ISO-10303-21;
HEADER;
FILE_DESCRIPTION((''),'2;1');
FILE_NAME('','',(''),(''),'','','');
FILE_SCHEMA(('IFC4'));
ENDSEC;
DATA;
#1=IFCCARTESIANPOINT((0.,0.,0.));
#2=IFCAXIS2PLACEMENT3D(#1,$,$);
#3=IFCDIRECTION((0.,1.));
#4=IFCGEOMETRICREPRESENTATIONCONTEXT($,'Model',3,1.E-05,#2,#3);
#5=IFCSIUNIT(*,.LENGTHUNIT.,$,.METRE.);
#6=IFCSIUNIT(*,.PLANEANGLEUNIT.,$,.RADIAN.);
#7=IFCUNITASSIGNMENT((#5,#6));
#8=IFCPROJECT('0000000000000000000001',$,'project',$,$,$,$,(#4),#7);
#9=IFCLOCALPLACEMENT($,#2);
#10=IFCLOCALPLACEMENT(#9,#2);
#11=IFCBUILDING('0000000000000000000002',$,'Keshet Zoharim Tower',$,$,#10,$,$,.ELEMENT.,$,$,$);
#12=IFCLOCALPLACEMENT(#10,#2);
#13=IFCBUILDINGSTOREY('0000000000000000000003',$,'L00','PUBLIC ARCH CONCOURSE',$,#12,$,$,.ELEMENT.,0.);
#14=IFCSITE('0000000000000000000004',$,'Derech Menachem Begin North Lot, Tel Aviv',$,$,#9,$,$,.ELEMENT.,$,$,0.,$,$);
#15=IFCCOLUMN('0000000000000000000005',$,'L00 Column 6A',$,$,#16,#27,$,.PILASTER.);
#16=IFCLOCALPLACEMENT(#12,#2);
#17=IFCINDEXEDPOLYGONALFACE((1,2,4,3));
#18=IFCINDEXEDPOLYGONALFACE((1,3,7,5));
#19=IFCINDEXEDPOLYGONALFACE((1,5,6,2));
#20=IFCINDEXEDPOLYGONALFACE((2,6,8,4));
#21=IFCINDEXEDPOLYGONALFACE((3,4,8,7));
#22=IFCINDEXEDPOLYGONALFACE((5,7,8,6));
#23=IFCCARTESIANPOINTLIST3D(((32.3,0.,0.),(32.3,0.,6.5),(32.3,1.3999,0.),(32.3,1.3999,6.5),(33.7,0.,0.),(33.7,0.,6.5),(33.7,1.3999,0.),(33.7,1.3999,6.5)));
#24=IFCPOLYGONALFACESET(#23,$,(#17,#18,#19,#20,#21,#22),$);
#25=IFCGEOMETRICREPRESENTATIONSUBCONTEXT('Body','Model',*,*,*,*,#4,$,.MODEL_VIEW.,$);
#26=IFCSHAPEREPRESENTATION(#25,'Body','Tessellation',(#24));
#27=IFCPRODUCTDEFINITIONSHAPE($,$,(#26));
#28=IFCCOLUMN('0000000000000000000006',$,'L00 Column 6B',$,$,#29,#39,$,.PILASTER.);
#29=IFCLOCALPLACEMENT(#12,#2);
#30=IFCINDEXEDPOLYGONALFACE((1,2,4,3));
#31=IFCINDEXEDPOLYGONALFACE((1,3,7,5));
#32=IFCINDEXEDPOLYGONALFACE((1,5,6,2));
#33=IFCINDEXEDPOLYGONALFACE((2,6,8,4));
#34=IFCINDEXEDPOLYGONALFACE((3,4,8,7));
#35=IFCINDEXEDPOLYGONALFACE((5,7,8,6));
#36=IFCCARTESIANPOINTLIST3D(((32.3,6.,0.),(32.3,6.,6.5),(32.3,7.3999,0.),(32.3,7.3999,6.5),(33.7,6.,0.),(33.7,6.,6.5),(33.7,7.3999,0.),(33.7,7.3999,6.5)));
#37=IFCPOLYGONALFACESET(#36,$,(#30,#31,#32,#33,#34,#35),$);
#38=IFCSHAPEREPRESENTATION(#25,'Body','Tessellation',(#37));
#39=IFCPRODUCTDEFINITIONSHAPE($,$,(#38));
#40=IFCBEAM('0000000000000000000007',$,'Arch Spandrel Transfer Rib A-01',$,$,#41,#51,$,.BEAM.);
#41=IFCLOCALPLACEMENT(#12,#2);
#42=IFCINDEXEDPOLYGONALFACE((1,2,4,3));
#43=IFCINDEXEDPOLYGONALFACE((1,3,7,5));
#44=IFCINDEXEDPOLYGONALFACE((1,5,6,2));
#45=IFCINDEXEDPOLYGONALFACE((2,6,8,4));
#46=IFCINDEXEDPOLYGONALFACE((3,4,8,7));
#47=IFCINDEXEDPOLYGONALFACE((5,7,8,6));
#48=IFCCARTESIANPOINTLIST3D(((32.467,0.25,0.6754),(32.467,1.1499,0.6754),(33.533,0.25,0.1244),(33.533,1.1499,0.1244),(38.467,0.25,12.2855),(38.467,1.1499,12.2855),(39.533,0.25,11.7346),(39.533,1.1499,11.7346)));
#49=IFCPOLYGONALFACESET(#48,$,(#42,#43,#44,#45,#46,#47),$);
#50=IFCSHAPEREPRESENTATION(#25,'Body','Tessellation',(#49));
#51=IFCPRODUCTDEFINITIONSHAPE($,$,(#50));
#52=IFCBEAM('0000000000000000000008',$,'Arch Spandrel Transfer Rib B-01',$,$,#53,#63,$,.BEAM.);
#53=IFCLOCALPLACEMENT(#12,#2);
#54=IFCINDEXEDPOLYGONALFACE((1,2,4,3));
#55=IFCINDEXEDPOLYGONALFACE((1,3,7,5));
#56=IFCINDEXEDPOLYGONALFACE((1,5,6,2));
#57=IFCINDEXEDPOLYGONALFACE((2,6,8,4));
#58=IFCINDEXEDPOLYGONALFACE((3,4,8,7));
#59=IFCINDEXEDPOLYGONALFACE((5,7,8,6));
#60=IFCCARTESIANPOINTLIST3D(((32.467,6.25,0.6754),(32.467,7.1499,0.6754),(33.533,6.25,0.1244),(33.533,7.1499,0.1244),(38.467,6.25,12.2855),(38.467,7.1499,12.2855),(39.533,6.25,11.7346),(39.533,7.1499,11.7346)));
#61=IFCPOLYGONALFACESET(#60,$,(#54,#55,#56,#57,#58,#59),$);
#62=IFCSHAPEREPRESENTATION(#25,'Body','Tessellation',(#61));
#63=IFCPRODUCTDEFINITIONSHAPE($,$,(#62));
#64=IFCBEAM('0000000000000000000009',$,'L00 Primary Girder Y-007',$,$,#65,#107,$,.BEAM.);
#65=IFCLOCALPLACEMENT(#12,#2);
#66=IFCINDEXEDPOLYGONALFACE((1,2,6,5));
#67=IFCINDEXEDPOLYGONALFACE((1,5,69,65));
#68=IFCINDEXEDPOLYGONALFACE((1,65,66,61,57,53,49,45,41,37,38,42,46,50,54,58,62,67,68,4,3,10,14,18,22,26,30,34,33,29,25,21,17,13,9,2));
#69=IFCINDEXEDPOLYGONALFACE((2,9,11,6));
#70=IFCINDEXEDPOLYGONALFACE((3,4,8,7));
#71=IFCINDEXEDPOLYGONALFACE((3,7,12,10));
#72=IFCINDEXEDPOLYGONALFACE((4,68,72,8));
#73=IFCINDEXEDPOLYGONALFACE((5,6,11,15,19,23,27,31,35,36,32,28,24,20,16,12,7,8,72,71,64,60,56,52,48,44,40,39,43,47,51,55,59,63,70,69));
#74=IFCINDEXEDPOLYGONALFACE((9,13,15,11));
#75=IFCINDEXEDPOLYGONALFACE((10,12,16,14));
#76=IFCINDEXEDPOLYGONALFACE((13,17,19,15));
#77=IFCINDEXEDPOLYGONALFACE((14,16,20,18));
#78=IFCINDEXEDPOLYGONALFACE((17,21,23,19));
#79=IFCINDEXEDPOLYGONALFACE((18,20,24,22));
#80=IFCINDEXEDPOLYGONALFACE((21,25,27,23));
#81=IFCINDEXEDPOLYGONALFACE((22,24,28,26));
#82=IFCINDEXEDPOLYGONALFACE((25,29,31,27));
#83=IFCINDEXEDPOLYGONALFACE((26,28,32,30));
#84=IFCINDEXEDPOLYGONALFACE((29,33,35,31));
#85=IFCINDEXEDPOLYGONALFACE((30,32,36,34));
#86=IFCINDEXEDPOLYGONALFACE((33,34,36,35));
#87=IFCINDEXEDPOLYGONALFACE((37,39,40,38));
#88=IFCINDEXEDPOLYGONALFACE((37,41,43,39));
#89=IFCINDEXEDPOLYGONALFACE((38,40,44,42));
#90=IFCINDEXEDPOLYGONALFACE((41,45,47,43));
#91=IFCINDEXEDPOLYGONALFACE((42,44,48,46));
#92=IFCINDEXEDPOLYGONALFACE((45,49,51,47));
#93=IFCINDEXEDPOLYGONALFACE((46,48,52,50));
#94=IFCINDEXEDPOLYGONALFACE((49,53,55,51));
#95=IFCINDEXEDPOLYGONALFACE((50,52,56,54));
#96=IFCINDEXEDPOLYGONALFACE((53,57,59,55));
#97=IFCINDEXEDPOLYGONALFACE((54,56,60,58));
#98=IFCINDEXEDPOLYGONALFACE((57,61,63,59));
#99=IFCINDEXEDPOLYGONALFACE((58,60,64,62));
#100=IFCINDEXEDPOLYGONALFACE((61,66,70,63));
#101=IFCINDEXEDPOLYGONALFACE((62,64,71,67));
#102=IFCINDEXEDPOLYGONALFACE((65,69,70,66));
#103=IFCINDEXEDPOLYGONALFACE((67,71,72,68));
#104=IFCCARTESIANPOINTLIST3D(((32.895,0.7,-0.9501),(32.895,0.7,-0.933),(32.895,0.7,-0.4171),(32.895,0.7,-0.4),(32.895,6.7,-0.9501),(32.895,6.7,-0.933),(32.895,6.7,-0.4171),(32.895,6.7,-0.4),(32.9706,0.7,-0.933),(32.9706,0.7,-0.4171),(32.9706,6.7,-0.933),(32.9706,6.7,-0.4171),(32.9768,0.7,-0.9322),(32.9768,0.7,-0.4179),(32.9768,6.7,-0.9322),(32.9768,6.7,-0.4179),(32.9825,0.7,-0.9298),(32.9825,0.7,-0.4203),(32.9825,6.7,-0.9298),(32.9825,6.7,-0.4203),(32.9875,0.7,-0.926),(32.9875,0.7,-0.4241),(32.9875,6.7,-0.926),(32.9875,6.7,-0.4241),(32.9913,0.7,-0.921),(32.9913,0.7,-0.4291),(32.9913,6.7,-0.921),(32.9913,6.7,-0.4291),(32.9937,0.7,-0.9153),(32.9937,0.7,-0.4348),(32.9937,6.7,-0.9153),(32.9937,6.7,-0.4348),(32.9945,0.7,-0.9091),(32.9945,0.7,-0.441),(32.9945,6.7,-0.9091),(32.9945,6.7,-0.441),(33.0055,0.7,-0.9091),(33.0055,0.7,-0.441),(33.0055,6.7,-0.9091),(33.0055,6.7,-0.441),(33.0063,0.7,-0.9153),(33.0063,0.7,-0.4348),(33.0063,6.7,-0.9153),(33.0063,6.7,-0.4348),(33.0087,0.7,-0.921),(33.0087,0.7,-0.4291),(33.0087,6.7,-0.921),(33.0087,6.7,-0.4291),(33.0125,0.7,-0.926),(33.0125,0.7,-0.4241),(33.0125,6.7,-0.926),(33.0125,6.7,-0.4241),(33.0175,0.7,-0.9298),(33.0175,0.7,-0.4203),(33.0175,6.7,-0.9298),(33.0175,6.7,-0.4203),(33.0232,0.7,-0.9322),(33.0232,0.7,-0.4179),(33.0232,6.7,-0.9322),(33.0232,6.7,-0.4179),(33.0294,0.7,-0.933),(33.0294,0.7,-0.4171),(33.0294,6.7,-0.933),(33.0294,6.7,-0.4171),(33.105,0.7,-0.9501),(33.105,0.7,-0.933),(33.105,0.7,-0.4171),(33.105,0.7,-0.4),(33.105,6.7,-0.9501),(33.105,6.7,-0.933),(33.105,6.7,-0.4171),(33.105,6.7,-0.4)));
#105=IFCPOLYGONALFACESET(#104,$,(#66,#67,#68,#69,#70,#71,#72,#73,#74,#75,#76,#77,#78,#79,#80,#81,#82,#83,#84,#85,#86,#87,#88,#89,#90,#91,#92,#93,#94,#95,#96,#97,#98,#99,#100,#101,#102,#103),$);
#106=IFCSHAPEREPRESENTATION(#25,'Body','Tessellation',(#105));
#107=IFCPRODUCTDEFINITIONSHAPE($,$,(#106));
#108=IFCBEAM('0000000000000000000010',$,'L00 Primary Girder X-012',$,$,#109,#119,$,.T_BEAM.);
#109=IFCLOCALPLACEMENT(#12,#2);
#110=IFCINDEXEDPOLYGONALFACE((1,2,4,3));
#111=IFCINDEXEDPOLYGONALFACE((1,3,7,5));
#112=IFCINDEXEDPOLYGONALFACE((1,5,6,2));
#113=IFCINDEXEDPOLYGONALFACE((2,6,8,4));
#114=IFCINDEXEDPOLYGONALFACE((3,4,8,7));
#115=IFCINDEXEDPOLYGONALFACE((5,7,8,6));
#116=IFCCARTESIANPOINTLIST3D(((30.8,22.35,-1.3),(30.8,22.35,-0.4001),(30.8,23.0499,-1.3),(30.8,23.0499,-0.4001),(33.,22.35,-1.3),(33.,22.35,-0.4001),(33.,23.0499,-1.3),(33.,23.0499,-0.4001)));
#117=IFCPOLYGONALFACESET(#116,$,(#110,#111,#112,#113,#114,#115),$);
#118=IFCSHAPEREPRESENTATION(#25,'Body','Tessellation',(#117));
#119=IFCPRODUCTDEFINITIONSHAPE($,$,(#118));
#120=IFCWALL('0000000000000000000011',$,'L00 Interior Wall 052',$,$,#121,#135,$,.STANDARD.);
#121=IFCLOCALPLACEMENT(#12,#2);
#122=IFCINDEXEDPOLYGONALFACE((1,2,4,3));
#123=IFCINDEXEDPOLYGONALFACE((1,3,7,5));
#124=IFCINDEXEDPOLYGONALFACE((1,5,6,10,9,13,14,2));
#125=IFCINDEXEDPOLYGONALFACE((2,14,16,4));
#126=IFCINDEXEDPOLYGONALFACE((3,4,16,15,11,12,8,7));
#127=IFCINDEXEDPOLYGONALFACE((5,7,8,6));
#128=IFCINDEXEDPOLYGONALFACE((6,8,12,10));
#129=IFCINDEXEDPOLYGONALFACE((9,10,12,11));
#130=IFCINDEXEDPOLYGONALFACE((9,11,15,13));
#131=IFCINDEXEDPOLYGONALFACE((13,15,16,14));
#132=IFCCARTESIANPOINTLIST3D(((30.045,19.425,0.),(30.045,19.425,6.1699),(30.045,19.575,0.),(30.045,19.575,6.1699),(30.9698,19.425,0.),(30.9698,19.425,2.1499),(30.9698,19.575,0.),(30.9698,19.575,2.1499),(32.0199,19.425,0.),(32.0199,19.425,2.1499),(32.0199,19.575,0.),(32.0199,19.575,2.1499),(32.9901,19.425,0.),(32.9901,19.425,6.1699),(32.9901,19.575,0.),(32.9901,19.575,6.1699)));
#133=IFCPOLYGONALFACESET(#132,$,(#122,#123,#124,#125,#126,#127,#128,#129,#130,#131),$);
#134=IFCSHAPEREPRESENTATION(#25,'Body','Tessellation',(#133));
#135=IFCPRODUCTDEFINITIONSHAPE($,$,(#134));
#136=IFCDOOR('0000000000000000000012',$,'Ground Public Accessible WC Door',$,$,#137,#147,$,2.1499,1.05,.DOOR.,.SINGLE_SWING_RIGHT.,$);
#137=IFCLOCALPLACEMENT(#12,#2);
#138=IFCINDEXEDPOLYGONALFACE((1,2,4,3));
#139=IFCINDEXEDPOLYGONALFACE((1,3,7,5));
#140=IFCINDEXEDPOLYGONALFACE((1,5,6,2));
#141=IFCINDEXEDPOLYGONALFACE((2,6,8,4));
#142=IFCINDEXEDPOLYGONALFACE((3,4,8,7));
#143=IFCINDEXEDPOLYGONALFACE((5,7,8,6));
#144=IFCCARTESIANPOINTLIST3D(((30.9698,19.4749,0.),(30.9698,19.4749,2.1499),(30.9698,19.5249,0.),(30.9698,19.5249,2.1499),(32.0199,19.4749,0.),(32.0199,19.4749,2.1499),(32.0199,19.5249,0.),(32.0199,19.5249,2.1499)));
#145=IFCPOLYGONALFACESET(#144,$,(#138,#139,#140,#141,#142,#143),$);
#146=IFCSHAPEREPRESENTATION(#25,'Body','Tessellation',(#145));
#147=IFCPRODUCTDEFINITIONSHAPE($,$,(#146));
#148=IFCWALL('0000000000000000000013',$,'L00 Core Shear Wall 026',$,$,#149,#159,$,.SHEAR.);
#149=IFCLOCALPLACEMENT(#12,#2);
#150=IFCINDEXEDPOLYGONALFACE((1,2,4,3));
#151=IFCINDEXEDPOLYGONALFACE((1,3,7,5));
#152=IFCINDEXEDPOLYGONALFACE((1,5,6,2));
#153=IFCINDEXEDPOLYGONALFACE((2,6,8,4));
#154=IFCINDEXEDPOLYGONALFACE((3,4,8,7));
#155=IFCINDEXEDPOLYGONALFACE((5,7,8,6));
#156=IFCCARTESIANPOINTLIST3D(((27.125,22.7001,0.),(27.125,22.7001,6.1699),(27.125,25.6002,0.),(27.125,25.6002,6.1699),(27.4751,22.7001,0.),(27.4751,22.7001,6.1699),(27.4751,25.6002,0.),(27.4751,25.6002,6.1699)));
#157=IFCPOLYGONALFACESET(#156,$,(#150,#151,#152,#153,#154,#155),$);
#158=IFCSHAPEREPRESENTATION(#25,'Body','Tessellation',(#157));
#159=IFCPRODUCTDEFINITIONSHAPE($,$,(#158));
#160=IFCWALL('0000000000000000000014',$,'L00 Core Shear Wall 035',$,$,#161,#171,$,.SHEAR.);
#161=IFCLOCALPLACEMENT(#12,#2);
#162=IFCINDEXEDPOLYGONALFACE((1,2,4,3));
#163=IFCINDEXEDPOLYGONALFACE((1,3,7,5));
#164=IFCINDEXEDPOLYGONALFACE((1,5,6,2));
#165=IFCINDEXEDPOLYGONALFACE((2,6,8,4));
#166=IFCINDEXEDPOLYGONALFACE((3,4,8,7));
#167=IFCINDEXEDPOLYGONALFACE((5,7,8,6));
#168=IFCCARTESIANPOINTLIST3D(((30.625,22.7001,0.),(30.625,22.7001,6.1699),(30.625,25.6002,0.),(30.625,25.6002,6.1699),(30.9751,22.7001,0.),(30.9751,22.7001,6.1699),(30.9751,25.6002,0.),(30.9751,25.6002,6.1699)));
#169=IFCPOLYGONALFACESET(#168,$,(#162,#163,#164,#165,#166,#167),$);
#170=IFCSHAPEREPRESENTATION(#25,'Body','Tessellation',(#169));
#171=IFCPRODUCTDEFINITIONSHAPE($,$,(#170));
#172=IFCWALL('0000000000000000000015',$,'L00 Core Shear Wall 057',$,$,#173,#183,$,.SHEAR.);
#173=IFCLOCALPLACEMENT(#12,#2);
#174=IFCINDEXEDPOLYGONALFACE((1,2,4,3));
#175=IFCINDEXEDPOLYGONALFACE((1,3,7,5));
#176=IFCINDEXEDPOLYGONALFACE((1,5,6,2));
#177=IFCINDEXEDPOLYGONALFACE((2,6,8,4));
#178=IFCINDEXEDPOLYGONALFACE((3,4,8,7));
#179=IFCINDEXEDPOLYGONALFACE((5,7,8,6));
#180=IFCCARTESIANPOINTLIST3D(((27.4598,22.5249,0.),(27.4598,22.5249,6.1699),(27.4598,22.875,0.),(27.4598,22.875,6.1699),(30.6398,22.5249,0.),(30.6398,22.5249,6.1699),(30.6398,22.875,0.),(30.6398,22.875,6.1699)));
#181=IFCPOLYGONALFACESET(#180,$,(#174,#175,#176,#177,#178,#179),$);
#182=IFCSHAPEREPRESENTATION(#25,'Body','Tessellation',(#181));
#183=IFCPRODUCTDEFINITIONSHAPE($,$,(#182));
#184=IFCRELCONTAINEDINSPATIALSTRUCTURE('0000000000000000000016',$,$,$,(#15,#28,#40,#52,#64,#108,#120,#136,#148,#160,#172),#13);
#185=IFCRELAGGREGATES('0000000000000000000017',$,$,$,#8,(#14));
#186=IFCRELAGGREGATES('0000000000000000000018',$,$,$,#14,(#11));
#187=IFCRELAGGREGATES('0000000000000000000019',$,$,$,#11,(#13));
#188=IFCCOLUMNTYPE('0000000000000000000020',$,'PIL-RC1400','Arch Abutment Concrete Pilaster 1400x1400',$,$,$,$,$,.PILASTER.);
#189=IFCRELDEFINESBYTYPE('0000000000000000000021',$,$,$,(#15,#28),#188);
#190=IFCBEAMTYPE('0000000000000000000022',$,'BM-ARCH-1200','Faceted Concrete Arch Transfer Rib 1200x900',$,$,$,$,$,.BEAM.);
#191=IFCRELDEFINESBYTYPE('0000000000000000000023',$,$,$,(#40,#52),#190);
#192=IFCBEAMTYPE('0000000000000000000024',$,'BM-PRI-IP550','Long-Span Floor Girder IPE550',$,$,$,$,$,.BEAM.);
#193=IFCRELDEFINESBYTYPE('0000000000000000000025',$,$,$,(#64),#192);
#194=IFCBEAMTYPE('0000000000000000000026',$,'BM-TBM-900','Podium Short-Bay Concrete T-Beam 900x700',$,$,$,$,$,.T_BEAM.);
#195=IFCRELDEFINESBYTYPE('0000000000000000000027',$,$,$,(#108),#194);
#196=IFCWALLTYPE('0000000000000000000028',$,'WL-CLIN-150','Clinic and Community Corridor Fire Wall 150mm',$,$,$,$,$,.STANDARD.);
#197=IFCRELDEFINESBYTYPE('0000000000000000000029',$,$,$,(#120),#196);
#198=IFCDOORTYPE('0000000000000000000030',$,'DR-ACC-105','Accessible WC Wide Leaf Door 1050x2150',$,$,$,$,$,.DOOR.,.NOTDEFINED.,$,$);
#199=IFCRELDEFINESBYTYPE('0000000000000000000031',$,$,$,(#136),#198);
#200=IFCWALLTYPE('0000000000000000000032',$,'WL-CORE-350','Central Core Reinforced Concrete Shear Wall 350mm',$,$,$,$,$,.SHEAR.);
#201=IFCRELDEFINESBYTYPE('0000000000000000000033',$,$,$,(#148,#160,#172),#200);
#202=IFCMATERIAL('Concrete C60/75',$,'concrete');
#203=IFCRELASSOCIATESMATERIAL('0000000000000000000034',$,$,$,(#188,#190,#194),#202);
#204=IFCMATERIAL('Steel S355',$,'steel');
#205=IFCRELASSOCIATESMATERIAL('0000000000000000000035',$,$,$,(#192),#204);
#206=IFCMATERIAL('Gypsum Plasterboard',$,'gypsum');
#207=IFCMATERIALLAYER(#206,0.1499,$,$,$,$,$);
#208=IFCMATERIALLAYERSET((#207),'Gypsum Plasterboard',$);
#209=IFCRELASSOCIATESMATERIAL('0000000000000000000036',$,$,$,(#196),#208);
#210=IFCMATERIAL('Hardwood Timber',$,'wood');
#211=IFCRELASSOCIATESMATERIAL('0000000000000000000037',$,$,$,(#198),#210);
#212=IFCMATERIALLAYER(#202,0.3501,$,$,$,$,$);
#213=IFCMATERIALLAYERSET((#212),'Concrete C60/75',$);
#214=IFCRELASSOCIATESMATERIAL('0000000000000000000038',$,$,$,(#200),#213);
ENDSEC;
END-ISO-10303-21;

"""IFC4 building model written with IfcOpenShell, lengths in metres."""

from ifc_helpers import new_model, si_unit, direction, frame, frame_2d, origin, origin_2d, place, context, subcontext, project, spatial, rectangle, i_section, extrude, material, layer, layer_set, material_profile, profile_set, type_object, element, fill, save


model = new_model("IFC4")

# Units and contexts
model_context = context("Model", 3, precision=1e-05, world=origin(), true_north=direction((0.0, 1.0)))
body_context = subcontext(model_context, "Body", "Model", "MODEL_VIEW")
ifc_project = project(units=[si_unit("LENGTHUNIT", "METRE"), si_unit("PLANEANGLEUNIT", "RADIAN")], contexts=[model_context])

# Site, building, storey
site_placement = place(None, origin())
site = spatial("IfcSite", under=ifc_project, at=site_placement, Name="Derech Menachem Begin North Lot, Tel Aviv", CompositionType="ELEMENT", RefElevation=0.0)
building_placement = place(site_placement, origin())
building = spatial("IfcBuilding", under=site, at=building_placement, Name="Keshet Zoharim Tower", CompositionType="ELEMENT")
storey_placement = place(building_placement, origin())
storey = spatial("IfcBuildingStorey", under=building, at=storey_placement, Name="L00", Description="PUBLIC ARCH CONCOURSE", CompositionType="ELEMENT", Elevation=0.0)

# Columns
ifc_material_1 = material(Name="Concrete C60/75", Category="concrete")
ifc_material_profile_1 = material_profile(ifc_material_1, rectangle(XDim=1.3999, YDim=1.3999, at=origin_2d()), Name="RC1400x1400")
ifc_profile_set_1 = profile_set([ifc_material_profile_1], Name="Concrete C60/75")
column_type = type_object("IfcColumnType", Name="PIL-RC1400", Description="Arch Abutment Concrete Pilaster 1400x1400", PredefinedType="PILASTER", material=ifc_profile_set_1)
for number, where, z_axis, x_axis, name in (
    (1, (33.0, 0.7, 0.0), (0.0, 0.0, 1.0), (1.0, 0.0, 0.0), "L00 Column 6A"),
    (2, (33.0, 6.7, 0.0), (0.0, 0.0, 1.0), (1.0, 0.0, 0.0), "L00 Column 6B"),
):
    element("IfcColumn", number, at=place(storey_placement, frame(where, z_axis=z_axis, x_axis=x_axis)), inside=storey, type_object=column_type, Name=name, PredefinedType="PILASTER", context=body_context, shape_type="SweptSolid", body=[
        extrude(rectangle(XDim=1.3999, YDim=1.3999, at=origin_2d()), origin(), (0.0, 0.0, 1.0), 6.5),
    ])

# Beams
ifc_material_profile_2 = material_profile(ifc_material_1, rectangle(XDim=0.8999, YDim=1.2, at=origin_2d()), Name="RC1200x900")
ifc_profile_set_2 = profile_set([ifc_material_profile_2], Name="Concrete C60/75")
beam_type_1 = type_object("IfcBeamType", Name="BM-ARCH-1200", Description="Faceted Concrete Arch Transfer Rib 1200x900", PredefinedType="BEAM", material=ifc_profile_set_2)
for number, where, z_axis, x_axis, name in (
    (3, (33.0, 0.7, 0.3999), (0.459107, 0.0, 0.888381), (0.0, 1.0, 0.0), "Arch Spandrel Transfer Rib A-01"),
    (4, (33.0, 6.7, 0.3999), (0.459107, 0.0, 0.888381), (0.0, 1.0, 0.0), "Arch Spandrel Transfer Rib B-01"),
):
    element("IfcBeam", number, at=place(storey_placement, frame(where, z_axis=z_axis, x_axis=x_axis)), inside=storey, type_object=beam_type_1, Name=name, PredefinedType="BEAM", context=body_context, shape_type="SweptSolid", body=[
        extrude(rectangle(XDim=0.8999, YDim=1.2, at=origin_2d()), origin(), (0.0, 0.0, 1.0), 13.0688),
    ])
ifc_material_2 = material(Name="Steel S355", Category="steel")
ifc_material_profile_3 = material_profile(ifc_material_2, i_section(OverallWidth=0.21, OverallDepth=0.55, WebThickness=0.011, FlangeThickness=0.0171, FilletRadius=0.0239, at=origin_2d()), Name="IPE550")
ifc_profile_set_3 = profile_set([ifc_material_profile_3], Name="Steel S355")
beam_type_2 = type_object("IfcBeamType", Name="BM-PRI-IP550", Description="Long-Span Floor Girder IPE550", PredefinedType="BEAM", material=ifc_profile_set_3)
beam_1_placement = place(storey_placement, frame((33.0, 0.7, -0.675), z_axis=(0.0, 1.0, 0.0), x_axis=(-1.0, 0.0, 0.0)))
element("IfcBeam", 5, at=beam_1_placement, inside=storey, type_object=beam_type_2, Name="L00 Primary Girder Y-007", PredefinedType="BEAM", context=body_context, shape_type="SweptSolid", body=[
    extrude(i_section(OverallWidth=0.21, OverallDepth=0.55, WebThickness=0.011, FlangeThickness=0.0171, FilletRadius=0.0239, at=origin_2d()), origin(), (0.0, 0.0, 1.0), 6.0),
])
ifc_material_profile_4 = material_profile(ifc_material_1, rectangle(XDim=0.7, YDim=0.8999, at=origin_2d()), Name="RC900x700")
ifc_profile_set_4 = profile_set([ifc_material_profile_4], Name="Concrete C60/75")
beam_type_3 = type_object("IfcBeamType", Name="BM-TBM-900", Description="Podium Short-Bay Concrete T-Beam 900x700", PredefinedType="T_BEAM", material=ifc_profile_set_4)
beam_2_placement = place(storey_placement, frame((30.8, 22.7, -0.8501), z_axis=(1.0, 0.0, 0.0), x_axis=(0.0, 1.0, 0.0)))
element("IfcBeam", 6, at=beam_2_placement, inside=storey, type_object=beam_type_3, Name="L00 Primary Girder X-012", PredefinedType="T_BEAM", context=body_context, shape_type="SweptSolid", body=[
    extrude(rectangle(XDim=0.7, YDim=0.8999, at=origin_2d()), origin(), (0.0, 0.0, 1.0), 2.2),
])

# Wall, opening, door
ifc_material_3 = material(Name="Gypsum Plasterboard", Category="gypsum")
ifc_layer_1 = layer(ifc_material_3, 0.1499)
ifc_layer_set_1 = layer_set([ifc_layer_1], Name="Gypsum Plasterboard")
wall_type_1 = type_object("IfcWallType", Name="WL-CLIN-150", Description="Clinic and Community Corridor Fire Wall 150mm", PredefinedType="STANDARD", material=ifc_layer_set_1)
wall_1_placement = place(storey_placement, frame((30.0449, 19.5, 0.0), z_axis=(0.0, 0.0, 1.0), x_axis=(1.0, 0.0, 0.0)))
wall_1 = element("IfcWall", 7, at=wall_1_placement, inside=storey, type_object=wall_type_1, Name="L00 Interior Wall 052", PredefinedType="STANDARD", context=body_context, shape_type="SweptSolid", body=[
    extrude(rectangle(XDim=2.9451, YDim=0.1499, at=frame_2d((1.4727, 0.0))), origin(), (0.0, 0.0, 1.0), 6.1699),
])
opening_1_placement = place(wall_1_placement, frame((0.925, 0.0, 0.0)))
opening_1 = element("IfcOpeningElement", 8, at=opening_1_placement, cuts=wall_1, PredefinedType="OPENING", context=body_context, shape_type="SweptSolid", body=[
    extrude(rectangle(XDim=1.05, YDim=2.1499, at=frame_2d((0.5249, 1.075))), frame((0.0, 0.085, 0.0), z_axis=(0.0, -1.0, 0.0), x_axis=(1.0, 0.0, 0.0)), (0.0, 0.0, 1.0), 0.1699),
])
ifc_material_4 = material(Name="Hardwood Timber", Category="wood")
door_type_1 = type_object("IfcDoorType", Name="DR-ACC-105", Description="Accessible WC Wide Leaf Door 1050x2150", OperationType="NOTDEFINED", PredefinedType="DOOR", material=ifc_material_4)
door_1_placement = place(opening_1_placement, origin())
door_1 = element("IfcDoor", 9, at=door_1_placement, inside=storey, type_object=door_type_1, Name="Ground Public Accessible WC Door", OperationType="SINGLE_SWING_RIGHT", OverallHeight=2.1499, OverallWidth=1.05, PredefinedType="DOOR", context=body_context, shape_type="SweptSolid", body=[
    extrude(rectangle(XDim=1.05, YDim=2.1499, at=frame_2d((0.5249, 1.075))), frame((0.0, 0.0249, 0.0), z_axis=(0.0, -1.0, 0.0), x_axis=(1.0, 0.0, 0.0)), (0.0, 0.0, 1.0), 0.05),
])
fill(opening_1, door_1)

# Walls
ifc_layer_2 = layer(ifc_material_1, 0.3501)
ifc_layer_set_2 = layer_set([ifc_layer_2], Name="Concrete C60/75")
wall_type_2 = type_object("IfcWallType", Name="WL-CORE-350", Description="Central Core Reinforced Concrete Shear Wall 350mm", PredefinedType="SHEAR", material=ifc_layer_set_2)
for number, where, z_axis, x_axis, name in (
    (10, (27.3, 22.7, 0.0), (0.0, 0.0, 1.0), (0.0, 1.0, 0.0), "L00 Core Shear Wall 026"),
    (11, (30.8, 22.7, 0.0), (0.0, 0.0, 1.0), (0.0, 1.0, 0.0), "L00 Core Shear Wall 035"),
):
    element("IfcWall", number, at=place(storey_placement, frame(where, z_axis=z_axis, x_axis=x_axis)), inside=storey, type_object=wall_type_2, Name=name, PredefinedType="SHEAR", context=body_context, shape_type="SweptSolid", body=[
        extrude(rectangle(XDim=2.9001, YDim=0.3501, at=frame_2d((1.4502, 0.0))), origin(), (0.0, 0.0, 1.0), 6.1699),
    ])
wall_2_placement = place(storey_placement, frame((27.46, 22.7, 0.0), z_axis=(0.0, 0.0, 1.0), x_axis=(1.0, 0.0, 0.0)))
element("IfcWall", 12, at=wall_2_placement, inside=storey, type_object=wall_type_2, Name="L00 Core Shear Wall 057", PredefinedType="SHEAR", context=body_context, shape_type="SweptSolid", body=[
    extrude(rectangle(XDim=3.1799, YDim=0.3501, at=frame_2d((1.5898, 0.0))), origin(), (0.0, 0.0, 1.0), 6.1699),
])

save(model, "model.ifc")
